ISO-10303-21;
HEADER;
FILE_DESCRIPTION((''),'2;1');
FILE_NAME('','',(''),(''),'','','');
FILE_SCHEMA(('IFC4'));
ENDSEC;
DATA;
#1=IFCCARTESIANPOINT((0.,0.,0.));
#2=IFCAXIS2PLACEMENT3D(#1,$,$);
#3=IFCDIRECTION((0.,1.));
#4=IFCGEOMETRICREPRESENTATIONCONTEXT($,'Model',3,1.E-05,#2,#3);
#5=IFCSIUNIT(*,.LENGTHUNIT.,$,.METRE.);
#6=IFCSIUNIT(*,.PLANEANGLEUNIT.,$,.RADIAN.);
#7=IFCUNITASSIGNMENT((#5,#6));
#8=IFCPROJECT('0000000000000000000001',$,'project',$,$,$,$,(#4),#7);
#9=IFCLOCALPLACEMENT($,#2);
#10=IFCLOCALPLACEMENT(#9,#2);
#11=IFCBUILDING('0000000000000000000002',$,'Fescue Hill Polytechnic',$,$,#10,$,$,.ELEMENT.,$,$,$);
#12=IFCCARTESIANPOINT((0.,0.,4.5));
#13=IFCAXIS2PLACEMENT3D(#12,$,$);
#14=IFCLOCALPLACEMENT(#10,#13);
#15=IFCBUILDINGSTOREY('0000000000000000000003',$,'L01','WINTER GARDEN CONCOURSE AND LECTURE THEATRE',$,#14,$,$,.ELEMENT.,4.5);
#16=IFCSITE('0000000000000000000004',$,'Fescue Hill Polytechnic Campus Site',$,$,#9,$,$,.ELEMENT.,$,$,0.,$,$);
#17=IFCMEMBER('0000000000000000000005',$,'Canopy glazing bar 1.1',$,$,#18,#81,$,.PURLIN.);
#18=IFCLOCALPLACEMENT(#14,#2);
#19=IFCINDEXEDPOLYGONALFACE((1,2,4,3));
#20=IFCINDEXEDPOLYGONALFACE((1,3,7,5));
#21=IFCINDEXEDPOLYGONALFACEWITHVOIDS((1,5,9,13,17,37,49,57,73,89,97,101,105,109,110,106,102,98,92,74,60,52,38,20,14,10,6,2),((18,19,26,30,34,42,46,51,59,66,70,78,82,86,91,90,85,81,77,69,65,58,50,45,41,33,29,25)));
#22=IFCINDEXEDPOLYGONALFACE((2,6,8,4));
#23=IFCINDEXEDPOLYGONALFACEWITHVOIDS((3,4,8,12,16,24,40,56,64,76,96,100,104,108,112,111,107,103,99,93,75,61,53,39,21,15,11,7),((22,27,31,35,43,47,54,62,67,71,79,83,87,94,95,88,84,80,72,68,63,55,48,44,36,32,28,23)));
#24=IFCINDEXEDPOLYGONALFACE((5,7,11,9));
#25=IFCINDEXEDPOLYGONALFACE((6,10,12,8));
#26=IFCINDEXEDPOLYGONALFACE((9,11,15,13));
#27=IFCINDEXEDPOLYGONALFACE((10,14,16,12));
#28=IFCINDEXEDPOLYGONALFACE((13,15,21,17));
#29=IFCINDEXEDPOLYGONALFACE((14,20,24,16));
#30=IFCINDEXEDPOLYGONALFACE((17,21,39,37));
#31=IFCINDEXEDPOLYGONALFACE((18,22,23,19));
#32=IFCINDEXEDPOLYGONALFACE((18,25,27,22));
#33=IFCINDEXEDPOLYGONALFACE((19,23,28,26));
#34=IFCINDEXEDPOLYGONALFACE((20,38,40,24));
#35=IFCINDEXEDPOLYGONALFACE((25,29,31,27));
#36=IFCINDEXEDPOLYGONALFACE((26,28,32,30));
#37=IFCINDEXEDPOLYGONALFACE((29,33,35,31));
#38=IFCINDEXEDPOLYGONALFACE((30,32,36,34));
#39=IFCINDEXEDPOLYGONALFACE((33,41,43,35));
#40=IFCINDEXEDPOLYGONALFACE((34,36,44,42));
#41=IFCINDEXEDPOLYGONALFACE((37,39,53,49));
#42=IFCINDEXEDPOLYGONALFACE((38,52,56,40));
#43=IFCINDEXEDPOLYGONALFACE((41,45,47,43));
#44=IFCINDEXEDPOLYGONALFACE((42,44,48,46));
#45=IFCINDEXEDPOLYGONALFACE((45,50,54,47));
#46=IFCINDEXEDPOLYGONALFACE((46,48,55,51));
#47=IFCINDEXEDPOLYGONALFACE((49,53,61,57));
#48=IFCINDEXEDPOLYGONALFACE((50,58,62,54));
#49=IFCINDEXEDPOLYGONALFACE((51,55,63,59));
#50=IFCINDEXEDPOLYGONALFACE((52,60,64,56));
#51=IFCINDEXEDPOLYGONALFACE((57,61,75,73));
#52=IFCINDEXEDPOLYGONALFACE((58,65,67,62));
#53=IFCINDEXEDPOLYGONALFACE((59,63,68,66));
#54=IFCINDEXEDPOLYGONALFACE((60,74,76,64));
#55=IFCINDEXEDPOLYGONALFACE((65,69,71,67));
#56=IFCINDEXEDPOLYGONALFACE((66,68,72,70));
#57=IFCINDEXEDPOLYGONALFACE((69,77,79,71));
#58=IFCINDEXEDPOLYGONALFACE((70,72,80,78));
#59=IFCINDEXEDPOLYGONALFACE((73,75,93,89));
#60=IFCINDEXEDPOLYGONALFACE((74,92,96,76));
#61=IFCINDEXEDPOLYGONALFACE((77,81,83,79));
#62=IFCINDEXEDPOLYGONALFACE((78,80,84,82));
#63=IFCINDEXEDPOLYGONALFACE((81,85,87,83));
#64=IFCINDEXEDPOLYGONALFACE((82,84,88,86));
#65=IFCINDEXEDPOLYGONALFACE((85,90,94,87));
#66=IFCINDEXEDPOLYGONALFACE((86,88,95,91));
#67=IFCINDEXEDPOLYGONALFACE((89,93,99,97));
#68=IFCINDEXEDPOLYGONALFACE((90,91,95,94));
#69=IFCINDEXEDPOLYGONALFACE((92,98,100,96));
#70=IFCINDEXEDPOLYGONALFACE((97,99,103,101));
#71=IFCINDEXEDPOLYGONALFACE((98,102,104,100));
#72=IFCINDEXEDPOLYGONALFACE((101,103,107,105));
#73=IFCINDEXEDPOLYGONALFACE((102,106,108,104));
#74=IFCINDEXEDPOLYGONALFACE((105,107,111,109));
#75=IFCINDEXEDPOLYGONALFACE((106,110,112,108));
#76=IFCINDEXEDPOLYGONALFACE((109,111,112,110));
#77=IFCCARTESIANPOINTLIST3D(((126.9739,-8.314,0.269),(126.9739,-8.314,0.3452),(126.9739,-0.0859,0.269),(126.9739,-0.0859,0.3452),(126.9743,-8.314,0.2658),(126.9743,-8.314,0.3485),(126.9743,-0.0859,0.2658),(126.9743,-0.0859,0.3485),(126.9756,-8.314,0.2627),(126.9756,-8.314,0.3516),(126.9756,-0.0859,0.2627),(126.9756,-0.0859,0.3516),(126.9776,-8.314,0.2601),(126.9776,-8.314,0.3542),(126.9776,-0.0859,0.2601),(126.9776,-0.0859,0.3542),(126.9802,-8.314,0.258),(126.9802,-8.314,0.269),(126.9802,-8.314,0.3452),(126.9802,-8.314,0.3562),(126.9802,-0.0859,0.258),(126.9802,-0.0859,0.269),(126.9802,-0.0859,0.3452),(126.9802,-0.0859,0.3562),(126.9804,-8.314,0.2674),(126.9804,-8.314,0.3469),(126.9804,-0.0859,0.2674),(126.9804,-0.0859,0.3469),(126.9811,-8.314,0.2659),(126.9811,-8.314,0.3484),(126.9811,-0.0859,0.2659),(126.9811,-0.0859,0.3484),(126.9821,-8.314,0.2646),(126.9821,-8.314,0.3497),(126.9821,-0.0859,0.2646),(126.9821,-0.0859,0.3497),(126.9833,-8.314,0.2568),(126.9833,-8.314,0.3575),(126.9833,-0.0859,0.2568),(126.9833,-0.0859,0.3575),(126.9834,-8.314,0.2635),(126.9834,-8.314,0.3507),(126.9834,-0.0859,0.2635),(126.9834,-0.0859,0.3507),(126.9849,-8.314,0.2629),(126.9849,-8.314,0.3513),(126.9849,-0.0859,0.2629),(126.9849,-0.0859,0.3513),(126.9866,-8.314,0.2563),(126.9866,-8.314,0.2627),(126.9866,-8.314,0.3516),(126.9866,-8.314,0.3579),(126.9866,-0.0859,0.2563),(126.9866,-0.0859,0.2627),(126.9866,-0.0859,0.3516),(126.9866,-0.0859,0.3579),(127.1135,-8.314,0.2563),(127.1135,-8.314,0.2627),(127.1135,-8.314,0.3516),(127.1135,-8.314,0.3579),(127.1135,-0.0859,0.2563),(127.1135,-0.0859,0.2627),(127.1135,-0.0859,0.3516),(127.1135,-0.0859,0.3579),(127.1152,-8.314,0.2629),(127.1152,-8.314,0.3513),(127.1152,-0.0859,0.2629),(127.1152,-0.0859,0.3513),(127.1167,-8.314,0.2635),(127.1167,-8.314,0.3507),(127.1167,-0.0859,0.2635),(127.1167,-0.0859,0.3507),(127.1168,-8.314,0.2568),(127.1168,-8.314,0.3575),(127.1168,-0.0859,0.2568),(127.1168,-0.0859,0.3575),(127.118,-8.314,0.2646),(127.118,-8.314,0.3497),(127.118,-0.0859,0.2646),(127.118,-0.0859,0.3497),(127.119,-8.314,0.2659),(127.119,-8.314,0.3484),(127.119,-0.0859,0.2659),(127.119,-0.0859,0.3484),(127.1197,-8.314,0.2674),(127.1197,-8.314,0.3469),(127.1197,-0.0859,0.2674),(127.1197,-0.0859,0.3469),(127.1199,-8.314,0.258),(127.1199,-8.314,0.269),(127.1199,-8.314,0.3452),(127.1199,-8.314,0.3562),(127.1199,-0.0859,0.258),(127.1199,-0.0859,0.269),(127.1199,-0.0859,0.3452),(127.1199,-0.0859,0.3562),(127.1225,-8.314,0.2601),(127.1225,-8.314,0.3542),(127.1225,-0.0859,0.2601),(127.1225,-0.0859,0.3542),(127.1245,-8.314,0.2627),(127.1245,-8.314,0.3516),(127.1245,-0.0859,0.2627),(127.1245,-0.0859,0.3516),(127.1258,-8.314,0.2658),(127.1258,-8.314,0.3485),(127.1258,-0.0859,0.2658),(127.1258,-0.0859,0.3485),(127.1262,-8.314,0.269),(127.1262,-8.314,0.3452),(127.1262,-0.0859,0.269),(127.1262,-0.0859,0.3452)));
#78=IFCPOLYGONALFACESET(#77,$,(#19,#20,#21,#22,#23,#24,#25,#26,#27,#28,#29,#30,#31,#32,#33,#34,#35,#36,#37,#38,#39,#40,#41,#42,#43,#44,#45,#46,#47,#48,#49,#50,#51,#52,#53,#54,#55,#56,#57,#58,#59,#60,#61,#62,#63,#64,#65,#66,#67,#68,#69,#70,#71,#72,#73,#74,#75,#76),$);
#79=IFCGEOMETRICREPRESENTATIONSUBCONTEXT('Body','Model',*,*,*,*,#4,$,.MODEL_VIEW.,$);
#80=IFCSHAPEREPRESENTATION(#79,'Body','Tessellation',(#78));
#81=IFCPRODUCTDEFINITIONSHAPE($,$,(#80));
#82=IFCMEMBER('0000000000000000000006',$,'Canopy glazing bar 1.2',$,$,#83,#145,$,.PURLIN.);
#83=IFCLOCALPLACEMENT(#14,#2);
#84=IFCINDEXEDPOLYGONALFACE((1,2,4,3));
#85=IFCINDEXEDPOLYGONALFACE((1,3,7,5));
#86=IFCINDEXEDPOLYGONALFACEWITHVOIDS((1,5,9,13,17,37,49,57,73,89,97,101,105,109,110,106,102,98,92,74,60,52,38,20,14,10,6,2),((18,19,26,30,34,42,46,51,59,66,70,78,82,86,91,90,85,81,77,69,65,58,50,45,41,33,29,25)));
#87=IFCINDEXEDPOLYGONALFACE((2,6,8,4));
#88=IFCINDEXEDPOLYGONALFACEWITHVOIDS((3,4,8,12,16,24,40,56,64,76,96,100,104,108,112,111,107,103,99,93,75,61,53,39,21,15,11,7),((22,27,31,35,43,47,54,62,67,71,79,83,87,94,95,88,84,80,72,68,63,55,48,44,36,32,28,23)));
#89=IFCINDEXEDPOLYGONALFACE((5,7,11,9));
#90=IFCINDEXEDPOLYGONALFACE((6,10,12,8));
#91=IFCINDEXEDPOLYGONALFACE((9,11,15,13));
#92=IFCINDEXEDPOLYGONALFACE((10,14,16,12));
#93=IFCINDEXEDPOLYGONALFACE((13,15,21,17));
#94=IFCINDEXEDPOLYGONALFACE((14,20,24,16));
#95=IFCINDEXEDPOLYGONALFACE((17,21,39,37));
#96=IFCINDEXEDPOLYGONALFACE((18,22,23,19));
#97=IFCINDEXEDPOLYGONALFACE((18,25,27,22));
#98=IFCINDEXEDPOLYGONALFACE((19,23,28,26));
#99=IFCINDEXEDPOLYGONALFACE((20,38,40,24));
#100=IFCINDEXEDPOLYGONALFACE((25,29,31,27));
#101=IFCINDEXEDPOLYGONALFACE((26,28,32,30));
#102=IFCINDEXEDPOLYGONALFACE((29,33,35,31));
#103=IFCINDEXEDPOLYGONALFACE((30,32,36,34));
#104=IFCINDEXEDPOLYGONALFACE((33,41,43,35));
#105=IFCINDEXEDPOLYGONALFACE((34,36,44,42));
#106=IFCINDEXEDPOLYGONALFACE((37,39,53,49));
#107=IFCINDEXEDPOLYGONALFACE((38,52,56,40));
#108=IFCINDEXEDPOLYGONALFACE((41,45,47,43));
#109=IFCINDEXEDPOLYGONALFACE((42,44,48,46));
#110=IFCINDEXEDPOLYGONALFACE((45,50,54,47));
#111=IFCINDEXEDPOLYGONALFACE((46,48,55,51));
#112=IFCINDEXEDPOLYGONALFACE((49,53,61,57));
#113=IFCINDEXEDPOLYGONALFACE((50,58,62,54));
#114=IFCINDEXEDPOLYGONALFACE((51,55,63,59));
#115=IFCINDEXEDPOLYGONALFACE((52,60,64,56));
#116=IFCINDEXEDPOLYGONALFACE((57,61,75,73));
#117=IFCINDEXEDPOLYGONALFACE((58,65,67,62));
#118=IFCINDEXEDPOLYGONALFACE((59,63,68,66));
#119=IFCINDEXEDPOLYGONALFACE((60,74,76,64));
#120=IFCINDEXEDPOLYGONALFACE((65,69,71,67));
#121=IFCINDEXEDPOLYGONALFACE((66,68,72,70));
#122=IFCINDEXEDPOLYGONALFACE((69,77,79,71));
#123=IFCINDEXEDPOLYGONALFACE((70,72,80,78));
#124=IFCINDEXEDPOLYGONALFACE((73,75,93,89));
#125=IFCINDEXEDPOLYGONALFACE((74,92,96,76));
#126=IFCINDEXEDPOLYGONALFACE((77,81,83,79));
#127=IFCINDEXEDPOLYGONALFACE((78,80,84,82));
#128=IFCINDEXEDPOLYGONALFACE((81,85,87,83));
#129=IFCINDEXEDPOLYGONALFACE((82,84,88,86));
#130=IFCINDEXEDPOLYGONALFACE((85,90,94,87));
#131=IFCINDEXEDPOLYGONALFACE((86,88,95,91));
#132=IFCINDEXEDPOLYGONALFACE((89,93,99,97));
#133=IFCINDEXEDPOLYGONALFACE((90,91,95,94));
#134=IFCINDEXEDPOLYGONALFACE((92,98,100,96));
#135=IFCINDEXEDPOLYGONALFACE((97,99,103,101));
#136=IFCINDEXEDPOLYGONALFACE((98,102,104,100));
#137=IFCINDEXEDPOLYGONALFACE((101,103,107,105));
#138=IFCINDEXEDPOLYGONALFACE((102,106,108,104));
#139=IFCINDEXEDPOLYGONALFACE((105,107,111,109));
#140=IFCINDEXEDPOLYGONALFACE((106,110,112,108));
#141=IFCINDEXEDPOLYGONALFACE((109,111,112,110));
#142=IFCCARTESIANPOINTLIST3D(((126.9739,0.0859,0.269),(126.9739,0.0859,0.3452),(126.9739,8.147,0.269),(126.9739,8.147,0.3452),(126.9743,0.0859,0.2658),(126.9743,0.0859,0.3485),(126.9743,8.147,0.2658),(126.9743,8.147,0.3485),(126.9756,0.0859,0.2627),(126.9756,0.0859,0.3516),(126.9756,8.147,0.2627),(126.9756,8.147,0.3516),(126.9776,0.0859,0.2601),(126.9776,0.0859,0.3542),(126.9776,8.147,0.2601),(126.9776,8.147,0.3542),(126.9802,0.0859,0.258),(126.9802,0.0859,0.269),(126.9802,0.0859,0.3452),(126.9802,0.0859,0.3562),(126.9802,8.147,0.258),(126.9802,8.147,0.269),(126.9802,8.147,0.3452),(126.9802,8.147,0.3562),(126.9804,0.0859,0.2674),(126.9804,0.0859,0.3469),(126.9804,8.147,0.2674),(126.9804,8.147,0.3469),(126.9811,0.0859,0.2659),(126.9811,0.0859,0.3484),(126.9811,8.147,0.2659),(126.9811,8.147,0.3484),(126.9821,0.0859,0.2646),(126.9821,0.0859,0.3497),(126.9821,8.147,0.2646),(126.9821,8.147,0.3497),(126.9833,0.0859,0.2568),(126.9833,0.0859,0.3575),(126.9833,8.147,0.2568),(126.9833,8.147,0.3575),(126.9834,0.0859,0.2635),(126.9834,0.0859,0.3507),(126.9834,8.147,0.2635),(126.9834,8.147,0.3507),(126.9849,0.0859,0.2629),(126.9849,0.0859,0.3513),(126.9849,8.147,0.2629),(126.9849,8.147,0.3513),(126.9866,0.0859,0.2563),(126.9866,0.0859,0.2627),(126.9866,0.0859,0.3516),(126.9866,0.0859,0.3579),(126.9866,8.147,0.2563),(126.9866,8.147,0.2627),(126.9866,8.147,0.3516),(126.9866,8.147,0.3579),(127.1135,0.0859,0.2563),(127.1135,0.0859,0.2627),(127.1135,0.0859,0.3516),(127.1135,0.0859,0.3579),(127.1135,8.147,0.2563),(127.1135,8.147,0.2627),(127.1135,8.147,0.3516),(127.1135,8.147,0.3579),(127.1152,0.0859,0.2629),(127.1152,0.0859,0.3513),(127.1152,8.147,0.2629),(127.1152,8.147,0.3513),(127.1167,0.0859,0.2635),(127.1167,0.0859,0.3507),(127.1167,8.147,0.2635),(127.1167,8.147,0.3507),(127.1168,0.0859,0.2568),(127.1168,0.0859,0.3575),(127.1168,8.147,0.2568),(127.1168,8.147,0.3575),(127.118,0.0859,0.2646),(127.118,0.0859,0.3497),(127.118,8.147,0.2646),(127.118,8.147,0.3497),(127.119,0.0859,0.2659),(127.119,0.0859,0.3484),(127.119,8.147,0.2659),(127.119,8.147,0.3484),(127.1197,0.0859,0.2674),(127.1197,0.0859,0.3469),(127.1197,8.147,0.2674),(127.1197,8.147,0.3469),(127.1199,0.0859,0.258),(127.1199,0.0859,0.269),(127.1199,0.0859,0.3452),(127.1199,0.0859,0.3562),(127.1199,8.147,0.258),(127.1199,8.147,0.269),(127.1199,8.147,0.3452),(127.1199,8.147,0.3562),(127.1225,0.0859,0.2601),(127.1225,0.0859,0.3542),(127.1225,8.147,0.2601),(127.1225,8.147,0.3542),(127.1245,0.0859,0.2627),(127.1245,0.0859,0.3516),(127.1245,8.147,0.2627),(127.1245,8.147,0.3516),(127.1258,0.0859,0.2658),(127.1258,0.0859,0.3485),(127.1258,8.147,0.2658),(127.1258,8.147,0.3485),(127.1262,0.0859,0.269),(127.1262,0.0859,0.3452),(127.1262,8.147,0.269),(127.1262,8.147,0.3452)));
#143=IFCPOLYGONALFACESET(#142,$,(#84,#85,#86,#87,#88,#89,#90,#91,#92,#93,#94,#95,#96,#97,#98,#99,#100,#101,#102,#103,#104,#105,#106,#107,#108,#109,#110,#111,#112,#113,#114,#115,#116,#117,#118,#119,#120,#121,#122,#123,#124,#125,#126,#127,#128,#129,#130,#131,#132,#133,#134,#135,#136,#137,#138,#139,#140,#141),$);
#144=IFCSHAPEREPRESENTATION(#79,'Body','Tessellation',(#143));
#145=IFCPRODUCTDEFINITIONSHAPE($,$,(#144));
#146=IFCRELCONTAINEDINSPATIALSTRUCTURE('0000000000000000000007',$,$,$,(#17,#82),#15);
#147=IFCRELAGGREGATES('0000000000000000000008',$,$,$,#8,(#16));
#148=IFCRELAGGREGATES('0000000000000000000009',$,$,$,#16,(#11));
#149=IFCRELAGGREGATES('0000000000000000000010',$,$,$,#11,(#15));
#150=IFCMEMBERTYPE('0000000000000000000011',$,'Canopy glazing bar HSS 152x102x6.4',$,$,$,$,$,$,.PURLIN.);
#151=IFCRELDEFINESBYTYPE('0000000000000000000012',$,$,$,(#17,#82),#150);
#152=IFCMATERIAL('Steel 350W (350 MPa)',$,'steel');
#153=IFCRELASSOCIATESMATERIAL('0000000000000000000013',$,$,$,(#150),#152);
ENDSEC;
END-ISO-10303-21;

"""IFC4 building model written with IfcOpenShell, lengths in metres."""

from ifc_helpers import new_model, si_unit, direction, frame, origin, origin_2d, place, context, subcontext, project, spatial, hollow_rectangle, extrude, material, material_profile, profile_set, type_object, element, save


model = new_model("IFC4")

# Units and contexts
model_context = context("Model", 3, precision=1e-05, world=origin(), true_north=direction((0.0, 1.0)))
body_context = subcontext(model_context, "Body", "Model", "MODEL_VIEW")
ifc_project = project(units=[si_unit("LENGTHUNIT", "METRE"), si_unit("PLANEANGLEUNIT", "RADIAN")], contexts=[model_context])

# Site, building, storey
site_placement = place(None, origin())
site = spatial("IfcSite", under=ifc_project, at=site_placement, Name="Fescue Hill Polytechnic Campus Site", CompositionType="ELEMENT", RefElevation=0.0)
building_placement = place(site_placement, origin())
building = spatial("IfcBuilding", under=site, at=building_placement, Name="Fescue Hill Polytechnic", CompositionType="ELEMENT")
storey_placement = place(building_placement, frame((0.0, 0.0, 4.5)))
storey = spatial("IfcBuildingStorey", under=building, at=storey_placement, Name="L01", Description="WINTER GARDEN CONCOURSE AND LECTURE THEATRE", CompositionType="ELEMENT", Elevation=4.5)

# Shared definitions
ifc_material_1 = material(Name="Steel 350W (350 MPa)", Category="steel")

# Members
ifc_material_profile_1 = material_profile(ifc_material_1, hollow_rectangle(XDim=0.1016, YDim=0.1523, WallThickness=0.0063, InnerFilletRadius=0.0063, OuterFilletRadius=0.0127, at=origin_2d()), Name="Canopy glazing bar HSS 152x102x6.4")
ifc_profile_set_1 = profile_set([ifc_material_profile_1], Name="Steel 350W (350 MPa)")
member_type_1 = type_object("IfcMemberType", Name="Canopy glazing bar HSS 152x102x6.4", PredefinedType="PURLIN", material=ifc_profile_set_1)
member_1_placement = place(storey_placement, frame((127.05, -8.314, 0.3071), z_axis=(0.0, 1.0, 0.0), x_axis=(0.0, 0.0, 1.0)))
element("IfcMember", 1, at=member_1_placement, inside=storey, type_object=member_type_1, Name="Canopy glazing bar 1.1", PredefinedType="PURLIN", context=body_context, shape_type="SweptSolid", body=[
    extrude(hollow_rectangle(XDim=0.1016, YDim=0.1523, WallThickness=0.0063, InnerFilletRadius=0.0063, OuterFilletRadius=0.0127, at=origin_2d()), origin(), (0.0, 0.0, 1.0), 8.228),
])
member_2_placement = place(storey_placement, frame((127.05, 0.0859, 0.3071), z_axis=(0.0, 1.0, 0.0), x_axis=(0.0, 0.0, 1.0)))
element("IfcMember", 2, at=member_2_placement, inside=storey, type_object=member_type_1, Name="Canopy glazing bar 1.2", PredefinedType="PURLIN", context=body_context, shape_type="SweptSolid", body=[
    extrude(hollow_rectangle(XDim=0.1016, YDim=0.1523, WallThickness=0.0063, InnerFilletRadius=0.0063, OuterFilletRadius=0.0127, at=origin_2d()), origin(), (0.0, 0.0, 1.0), 8.061),
])

save(model, "model.ifc")
